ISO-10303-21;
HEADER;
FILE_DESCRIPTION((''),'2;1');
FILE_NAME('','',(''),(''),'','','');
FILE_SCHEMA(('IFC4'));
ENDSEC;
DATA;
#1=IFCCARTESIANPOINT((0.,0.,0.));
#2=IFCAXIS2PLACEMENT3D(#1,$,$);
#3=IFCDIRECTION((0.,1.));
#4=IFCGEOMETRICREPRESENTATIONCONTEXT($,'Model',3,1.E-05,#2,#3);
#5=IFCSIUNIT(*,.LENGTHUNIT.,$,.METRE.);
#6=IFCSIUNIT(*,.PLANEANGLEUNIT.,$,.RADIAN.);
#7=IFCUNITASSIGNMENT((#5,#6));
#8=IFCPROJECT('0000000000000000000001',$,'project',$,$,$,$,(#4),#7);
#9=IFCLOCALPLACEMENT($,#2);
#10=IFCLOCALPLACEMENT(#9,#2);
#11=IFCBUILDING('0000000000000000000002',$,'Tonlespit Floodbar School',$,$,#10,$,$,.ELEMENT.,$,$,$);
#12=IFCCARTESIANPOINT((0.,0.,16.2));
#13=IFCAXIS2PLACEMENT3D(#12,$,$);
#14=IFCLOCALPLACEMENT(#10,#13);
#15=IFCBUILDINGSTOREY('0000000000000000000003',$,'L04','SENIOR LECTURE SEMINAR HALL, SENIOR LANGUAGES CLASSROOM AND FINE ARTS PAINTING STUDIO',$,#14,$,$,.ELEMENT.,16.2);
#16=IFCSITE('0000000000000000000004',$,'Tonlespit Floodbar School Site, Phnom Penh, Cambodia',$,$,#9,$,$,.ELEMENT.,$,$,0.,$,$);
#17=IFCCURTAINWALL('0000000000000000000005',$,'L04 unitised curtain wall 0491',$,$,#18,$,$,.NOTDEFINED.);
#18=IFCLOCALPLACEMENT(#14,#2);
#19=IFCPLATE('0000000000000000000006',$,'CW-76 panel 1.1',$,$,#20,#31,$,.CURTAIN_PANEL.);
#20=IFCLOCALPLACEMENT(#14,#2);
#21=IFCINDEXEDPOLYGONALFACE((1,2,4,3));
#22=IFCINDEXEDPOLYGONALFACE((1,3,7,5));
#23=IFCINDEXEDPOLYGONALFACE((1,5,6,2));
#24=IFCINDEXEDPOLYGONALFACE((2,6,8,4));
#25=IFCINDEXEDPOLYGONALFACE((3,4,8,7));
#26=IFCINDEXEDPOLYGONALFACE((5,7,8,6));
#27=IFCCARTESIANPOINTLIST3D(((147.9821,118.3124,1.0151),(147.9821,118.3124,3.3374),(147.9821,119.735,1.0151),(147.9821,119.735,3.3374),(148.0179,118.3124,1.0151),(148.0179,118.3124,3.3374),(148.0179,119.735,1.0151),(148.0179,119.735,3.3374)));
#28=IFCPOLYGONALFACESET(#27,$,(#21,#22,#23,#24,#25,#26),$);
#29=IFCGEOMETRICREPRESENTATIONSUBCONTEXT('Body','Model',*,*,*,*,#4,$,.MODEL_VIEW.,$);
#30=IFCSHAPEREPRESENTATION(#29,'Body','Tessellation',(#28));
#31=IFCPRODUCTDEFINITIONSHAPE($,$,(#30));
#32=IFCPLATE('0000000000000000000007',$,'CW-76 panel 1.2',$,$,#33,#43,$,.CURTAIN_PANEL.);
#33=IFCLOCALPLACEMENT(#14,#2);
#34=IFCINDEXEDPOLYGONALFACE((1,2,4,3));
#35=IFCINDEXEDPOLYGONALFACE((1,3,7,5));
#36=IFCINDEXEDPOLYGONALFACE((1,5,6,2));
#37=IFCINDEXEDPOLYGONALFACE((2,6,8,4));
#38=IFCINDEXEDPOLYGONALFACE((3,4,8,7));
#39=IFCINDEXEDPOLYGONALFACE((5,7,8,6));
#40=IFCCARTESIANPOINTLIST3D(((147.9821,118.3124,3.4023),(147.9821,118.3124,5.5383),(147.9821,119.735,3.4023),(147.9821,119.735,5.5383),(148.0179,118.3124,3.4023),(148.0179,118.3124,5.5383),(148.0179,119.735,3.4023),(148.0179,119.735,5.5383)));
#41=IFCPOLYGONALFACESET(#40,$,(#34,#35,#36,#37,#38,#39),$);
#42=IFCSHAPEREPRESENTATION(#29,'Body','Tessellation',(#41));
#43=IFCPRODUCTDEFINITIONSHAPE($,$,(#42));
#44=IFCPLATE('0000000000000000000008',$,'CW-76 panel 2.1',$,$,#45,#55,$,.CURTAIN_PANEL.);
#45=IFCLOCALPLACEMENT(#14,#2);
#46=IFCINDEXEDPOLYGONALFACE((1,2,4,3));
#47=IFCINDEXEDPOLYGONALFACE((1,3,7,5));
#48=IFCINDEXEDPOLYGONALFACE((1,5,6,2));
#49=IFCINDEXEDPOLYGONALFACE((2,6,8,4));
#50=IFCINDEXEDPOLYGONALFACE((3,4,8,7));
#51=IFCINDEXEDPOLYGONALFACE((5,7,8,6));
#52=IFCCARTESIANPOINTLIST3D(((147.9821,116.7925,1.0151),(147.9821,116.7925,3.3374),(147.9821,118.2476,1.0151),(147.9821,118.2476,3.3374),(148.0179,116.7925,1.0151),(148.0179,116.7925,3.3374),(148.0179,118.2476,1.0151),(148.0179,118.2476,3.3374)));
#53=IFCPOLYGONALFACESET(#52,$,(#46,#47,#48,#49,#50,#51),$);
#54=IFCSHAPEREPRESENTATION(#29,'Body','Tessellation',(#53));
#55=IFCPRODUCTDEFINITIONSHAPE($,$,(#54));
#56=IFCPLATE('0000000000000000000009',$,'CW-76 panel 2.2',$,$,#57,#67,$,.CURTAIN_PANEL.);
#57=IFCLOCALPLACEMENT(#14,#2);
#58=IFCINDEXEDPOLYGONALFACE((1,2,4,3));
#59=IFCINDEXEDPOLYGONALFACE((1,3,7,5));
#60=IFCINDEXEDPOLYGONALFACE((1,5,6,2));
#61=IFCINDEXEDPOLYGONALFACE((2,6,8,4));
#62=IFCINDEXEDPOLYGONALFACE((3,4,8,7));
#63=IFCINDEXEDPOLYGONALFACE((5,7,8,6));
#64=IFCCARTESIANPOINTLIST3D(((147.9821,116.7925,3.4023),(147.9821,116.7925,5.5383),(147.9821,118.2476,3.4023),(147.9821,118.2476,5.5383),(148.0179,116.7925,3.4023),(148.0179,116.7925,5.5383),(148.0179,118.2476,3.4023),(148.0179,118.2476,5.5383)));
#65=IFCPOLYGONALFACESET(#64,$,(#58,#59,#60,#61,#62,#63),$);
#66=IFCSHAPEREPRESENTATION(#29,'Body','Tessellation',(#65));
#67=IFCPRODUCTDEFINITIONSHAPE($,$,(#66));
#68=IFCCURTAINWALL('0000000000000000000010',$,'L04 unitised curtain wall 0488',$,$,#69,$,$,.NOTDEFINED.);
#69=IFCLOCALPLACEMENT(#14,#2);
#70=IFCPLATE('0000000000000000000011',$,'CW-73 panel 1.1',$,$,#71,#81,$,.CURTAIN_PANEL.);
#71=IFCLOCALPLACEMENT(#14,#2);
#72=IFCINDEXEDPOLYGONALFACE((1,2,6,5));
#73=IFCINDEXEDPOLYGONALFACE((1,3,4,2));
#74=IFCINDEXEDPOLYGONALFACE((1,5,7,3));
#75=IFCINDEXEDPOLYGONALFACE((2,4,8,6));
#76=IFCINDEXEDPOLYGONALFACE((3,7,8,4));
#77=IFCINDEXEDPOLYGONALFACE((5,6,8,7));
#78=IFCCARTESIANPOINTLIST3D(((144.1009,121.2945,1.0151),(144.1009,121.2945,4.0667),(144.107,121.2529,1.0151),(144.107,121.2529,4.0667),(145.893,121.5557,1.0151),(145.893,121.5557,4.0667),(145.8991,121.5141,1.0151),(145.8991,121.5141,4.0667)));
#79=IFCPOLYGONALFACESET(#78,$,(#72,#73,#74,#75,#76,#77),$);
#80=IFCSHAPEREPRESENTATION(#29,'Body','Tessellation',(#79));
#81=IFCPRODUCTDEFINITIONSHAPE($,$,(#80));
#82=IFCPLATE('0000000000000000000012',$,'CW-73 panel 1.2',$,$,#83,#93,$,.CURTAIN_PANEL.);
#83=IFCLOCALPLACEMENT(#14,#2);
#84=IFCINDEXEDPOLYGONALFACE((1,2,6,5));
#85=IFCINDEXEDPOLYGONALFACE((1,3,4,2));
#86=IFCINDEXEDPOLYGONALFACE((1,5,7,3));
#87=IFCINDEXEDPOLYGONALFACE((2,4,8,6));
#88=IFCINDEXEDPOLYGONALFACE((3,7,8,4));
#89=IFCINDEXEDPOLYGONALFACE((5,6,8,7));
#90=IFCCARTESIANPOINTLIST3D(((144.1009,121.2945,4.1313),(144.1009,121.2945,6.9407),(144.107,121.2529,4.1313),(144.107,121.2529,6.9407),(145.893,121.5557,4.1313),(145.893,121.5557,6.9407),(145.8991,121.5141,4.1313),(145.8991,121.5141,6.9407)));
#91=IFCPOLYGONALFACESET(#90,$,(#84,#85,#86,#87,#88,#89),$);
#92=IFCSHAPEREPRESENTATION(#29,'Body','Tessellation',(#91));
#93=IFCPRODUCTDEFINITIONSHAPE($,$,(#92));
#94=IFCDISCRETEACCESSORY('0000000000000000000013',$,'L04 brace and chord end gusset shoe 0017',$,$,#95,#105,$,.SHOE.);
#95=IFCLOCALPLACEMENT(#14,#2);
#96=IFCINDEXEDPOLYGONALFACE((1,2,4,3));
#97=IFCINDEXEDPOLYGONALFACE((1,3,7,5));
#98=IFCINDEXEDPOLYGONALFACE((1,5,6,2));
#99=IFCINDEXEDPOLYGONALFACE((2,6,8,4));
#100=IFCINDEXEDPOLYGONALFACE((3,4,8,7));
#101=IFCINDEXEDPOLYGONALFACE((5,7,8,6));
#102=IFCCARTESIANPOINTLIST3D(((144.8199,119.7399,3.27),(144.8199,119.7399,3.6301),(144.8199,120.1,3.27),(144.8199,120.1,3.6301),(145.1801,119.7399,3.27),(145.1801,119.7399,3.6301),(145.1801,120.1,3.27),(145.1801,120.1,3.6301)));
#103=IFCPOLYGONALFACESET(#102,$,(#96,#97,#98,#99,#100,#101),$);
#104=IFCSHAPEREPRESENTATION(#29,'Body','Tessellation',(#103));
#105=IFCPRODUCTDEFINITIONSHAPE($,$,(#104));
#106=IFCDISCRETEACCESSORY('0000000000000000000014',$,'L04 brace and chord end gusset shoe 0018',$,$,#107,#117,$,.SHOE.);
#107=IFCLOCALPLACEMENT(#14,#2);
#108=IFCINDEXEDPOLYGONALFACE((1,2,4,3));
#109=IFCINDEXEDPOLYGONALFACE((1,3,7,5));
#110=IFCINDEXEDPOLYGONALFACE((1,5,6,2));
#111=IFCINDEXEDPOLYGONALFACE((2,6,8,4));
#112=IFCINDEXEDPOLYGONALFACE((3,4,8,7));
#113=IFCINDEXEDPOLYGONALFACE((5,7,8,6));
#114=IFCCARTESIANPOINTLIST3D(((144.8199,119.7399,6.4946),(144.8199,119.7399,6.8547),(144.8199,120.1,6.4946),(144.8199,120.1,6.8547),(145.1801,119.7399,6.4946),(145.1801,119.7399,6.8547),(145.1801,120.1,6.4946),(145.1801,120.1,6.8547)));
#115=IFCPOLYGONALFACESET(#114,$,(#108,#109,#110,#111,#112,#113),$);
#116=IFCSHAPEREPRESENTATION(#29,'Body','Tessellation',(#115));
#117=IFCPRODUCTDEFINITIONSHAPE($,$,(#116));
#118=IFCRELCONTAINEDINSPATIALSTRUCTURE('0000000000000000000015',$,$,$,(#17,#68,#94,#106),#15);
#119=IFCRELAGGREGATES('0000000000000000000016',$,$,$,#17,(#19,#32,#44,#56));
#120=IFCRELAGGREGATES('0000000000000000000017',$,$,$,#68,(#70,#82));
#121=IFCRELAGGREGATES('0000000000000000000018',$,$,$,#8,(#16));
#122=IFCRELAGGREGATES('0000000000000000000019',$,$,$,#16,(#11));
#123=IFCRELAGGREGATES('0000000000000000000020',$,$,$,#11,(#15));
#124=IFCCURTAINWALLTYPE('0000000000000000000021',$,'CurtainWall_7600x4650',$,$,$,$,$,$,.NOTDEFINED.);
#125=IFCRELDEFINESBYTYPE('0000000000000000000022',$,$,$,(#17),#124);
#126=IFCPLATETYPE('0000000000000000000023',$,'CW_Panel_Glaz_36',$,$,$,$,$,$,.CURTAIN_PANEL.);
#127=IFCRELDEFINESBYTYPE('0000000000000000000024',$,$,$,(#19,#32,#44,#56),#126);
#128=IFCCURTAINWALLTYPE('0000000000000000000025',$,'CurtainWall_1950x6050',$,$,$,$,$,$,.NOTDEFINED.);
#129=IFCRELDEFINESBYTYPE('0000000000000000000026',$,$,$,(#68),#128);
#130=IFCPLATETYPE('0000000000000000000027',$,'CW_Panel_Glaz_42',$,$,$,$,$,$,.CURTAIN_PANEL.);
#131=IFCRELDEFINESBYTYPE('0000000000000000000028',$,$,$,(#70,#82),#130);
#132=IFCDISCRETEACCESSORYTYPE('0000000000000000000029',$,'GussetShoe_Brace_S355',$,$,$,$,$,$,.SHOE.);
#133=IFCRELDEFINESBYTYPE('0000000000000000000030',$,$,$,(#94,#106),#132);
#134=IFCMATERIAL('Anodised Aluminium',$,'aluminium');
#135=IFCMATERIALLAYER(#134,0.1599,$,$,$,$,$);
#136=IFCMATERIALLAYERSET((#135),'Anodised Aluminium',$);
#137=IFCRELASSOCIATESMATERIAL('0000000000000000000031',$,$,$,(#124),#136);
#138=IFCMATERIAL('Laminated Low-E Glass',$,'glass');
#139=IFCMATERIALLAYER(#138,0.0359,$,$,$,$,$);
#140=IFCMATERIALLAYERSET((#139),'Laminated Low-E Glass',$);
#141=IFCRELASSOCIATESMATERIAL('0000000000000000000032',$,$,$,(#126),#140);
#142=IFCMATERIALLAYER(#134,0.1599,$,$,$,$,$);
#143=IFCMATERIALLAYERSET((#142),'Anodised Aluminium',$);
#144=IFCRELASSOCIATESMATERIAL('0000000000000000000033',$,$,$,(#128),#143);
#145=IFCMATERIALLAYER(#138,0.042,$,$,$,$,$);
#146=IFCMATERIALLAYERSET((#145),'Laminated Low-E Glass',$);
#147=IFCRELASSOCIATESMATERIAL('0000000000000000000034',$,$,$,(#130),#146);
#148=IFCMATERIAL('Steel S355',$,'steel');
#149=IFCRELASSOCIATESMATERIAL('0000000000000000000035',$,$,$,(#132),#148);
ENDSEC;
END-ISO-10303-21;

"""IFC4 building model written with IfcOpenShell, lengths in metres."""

from ifc_helpers import new_model, si_unit, direction, frame, origin, origin_2d, place, context, subcontext, project, spatial, rectangle, extrude, material, layer, layer_set, type_object, element, aggregate, save


model = new_model("IFC4")

# Units and contexts
model_context = context("Model", 3, precision=1e-05, world=origin(), true_north=direction((0.0, 1.0)))
body_context = subcontext(model_context, "Body", "Model", "MODEL_VIEW")
ifc_project = project(units=[si_unit("LENGTHUNIT", "METRE"), si_unit("PLANEANGLEUNIT", "RADIAN")], contexts=[model_context])

# Site, building, storey
site_placement = place(None, origin())
site = spatial("IfcSite", under=ifc_project, at=site_placement, Name="Tonlespit Floodbar School Site, Phnom Penh, Cambodia", CompositionType="ELEMENT", RefElevation=0.0)
building_placement = place(site_placement, origin())
building = spatial("IfcBuilding", under=site, at=building_placement, Name="Tonlespit Floodbar School", CompositionType="ELEMENT")
storey_placement = place(building_placement, frame((0.0, 0.0, 16.2)))
storey = spatial("IfcBuildingStorey", under=building, at=storey_placement, Name="L04", Description="SENIOR LECTURE SEMINAR HALL, SENIOR LANGUAGES CLASSROOM AND FINE ARTS PAINTING STUDIO", CompositionType="ELEMENT", Elevation=16.2)

# Curtain wall
ifc_material_1 = material(Name="Anodised Aluminium", Category="aluminium")
ifc_layer_1 = layer(ifc_material_1, 0.1599)
ifc_layer_set_1 = layer_set([ifc_layer_1], Name="Anodised Aluminium")
curtain_wall_type_1 = type_object("IfcCurtainWallType", Name="CurtainWall_7600x4650", PredefinedType="NOTDEFINED", material=ifc_layer_set_1)
curtain_wall_1_placement = place(storey_placement, origin())
curtain_wall_1 = element("IfcCurtainWall", 1, at=curtain_wall_1_placement, inside=storey, type_object=curtain_wall_type_1, Name="L04 unitised curtain wall 0491", PredefinedType="NOTDEFINED")

# Plates
ifc_material_2 = material(Name="Laminated Low-E Glass", Category="glass")
ifc_layer_2 = layer(ifc_material_2, 0.0359)
ifc_layer_set_2 = layer_set([ifc_layer_2], Name="Laminated Low-E Glass")
plate_type_1 = type_object("IfcPlateType", Name="CW_Panel_Glaz_36", PredefinedType="CURTAIN_PANEL", material=ifc_layer_set_2)
plate_1_placement = place(storey_placement, frame((148.0, 119.0237, 1.0151), z_axis=(0.0, 0.0, 1.0), x_axis=(0.0, -1.0, 0.0)))
plate_1 = element("IfcPlate", 2, at=plate_1_placement, type_object=plate_type_1, Name="CW-76 panel 1.1", PredefinedType="CURTAIN_PANEL", context=body_context, shape_type="SweptSolid", body=[
    extrude(rectangle(XDim=1.4226, YDim=0.0359, at=origin_2d()), origin(), (0.0, 0.0, 1.0), 2.3223),
])
plate_2_placement = place(storey_placement, frame((148.0, 119.0237, 3.4023), z_axis=(0.0, 0.0, 1.0), x_axis=(0.0, -1.0, 0.0)))
plate_2 = element("IfcPlate", 3, at=plate_2_placement, type_object=plate_type_1, Name="CW-76 panel 1.2", PredefinedType="CURTAIN_PANEL", context=body_context, shape_type="SweptSolid", body=[
    extrude(rectangle(XDim=1.4226, YDim=0.0359, at=origin_2d()), origin(), (0.0, 0.0, 1.0), 2.136),
])
plate_3_placement = place(storey_placement, frame((148.0, 117.52, 1.0151), z_axis=(0.0, 0.0, 1.0), x_axis=(0.0, -1.0, 0.0)))
plate_3 = element("IfcPlate", 4, at=plate_3_placement, type_object=plate_type_1, Name="CW-76 panel 2.1", PredefinedType="CURTAIN_PANEL", context=body_context, shape_type="SweptSolid", body=[
    extrude(rectangle(XDim=1.4551, YDim=0.0359, at=origin_2d()), origin(), (0.0, 0.0, 1.0), 2.3223),
])
plate_4_placement = place(storey_placement, frame((148.0, 117.52, 3.4023), z_axis=(0.0, 0.0, 1.0), x_axis=(0.0, -1.0, 0.0)))
plate_4 = element("IfcPlate", 5, at=plate_4_placement, type_object=plate_type_1, Name="CW-76 panel 2.2", PredefinedType="CURTAIN_PANEL", context=body_context, shape_type="SweptSolid", body=[
    extrude(rectangle(XDim=1.4551, YDim=0.0359, at=origin_2d()), origin(), (0.0, 0.0, 1.0), 2.136),
])
aggregate(curtain_wall_1, [plate_1, plate_2, plate_3, plate_4])

# Curtain wall, plates
ifc_layer_3 = layer(ifc_material_1, 0.1599)
ifc_layer_set_3 = layer_set([ifc_layer_3], Name="Anodised Aluminium")
curtain_wall_type_2 = type_object("IfcCurtainWallType", Name="CurtainWall_1950x6050", PredefinedType="NOTDEFINED", material=ifc_layer_set_3)
curtain_wall_2_placement = place(storey_placement, origin())
curtain_wall_2 = element("IfcCurtainWall", 6, at=curtain_wall_2_placement, inside=storey, type_object=curtain_wall_type_2, Name="L04 unitised curtain wall 0488", PredefinedType="NOTDEFINED")
ifc_layer_4 = layer(ifc_material_2, 0.042)
ifc_layer_set_4 = layer_set([ifc_layer_4], Name="Laminated Low-E Glass")
plate_type_2 = type_object("IfcPlateType", Name="CW_Panel_Glaz_42", PredefinedType="CURTAIN_PANEL", material=ifc_layer_set_4)
plate_5_placement = place(storey_placement, frame((145.0, 121.4043, 1.0151), z_axis=(0.0, 0.0, 1.0), x_axis=(0.989542, 0.144248, 0.0)))
plate_5 = element("IfcPlate", 7, at=plate_5_placement, type_object=plate_type_2, Name="CW-73 panel 1.1", PredefinedType="CURTAIN_PANEL", context=body_context, shape_type="SweptSolid", body=[
    extrude(rectangle(XDim=1.811, YDim=0.042, at=origin_2d()), origin(), (0.0, 0.0, 1.0), 3.0515),
])
plate_6_placement = place(storey_placement, frame((145.0, 121.4043, 4.1313), z_axis=(0.0, 0.0, 1.0), x_axis=(0.989542, 0.144248, 0.0)))
plate_6 = element("IfcPlate", 8, at=plate_6_placement, type_object=plate_type_2, Name="CW-73 panel 1.2", PredefinedType="CURTAIN_PANEL", context=body_context, shape_type="SweptSolid", body=[
    extrude(rectangle(XDim=1.811, YDim=0.042, at=origin_2d()), origin(), (0.0, 0.0, 1.0), 2.8093),
])
aggregate(curtain_wall_2, [plate_5, plate_6])

# Discrete accessories
ifc_material_3 = material(Name="Steel S355", Category="steel")
discrete_accessory_type = type_object("IfcDiscreteAccessoryType", Name="GussetShoe_Brace_S355", PredefinedType="SHOE", material=ifc_material_3)
for number, where, z_axis, x_axis, name in (
    (9, (145.0, 119.9199, 3.27), (0.0, 0.0, 1.0), (1.0, 0.0, 0.0), "L04 brace and chord end gusset shoe 0017"),
    (10, (145.0, 119.9199, 6.4946), (0.0, 0.0, 1.0), (1.0, 0.0, 0.0), "L04 brace and chord end gusset shoe 0018"),
):
    element("IfcDiscreteAccessory", number, at=place(storey_placement, frame(where, z_axis=z_axis, x_axis=x_axis)), inside=storey, type_object=discrete_accessory_type, Name=name, PredefinedType="SHOE", context=body_context, shape_type="SweptSolid", body=[
        extrude(rectangle(XDim=0.3601, YDim=0.3601, at=origin_2d()), origin(), (0.0, 0.0, 1.0), 0.3601),
    ])

save(model, "model.ifc")
